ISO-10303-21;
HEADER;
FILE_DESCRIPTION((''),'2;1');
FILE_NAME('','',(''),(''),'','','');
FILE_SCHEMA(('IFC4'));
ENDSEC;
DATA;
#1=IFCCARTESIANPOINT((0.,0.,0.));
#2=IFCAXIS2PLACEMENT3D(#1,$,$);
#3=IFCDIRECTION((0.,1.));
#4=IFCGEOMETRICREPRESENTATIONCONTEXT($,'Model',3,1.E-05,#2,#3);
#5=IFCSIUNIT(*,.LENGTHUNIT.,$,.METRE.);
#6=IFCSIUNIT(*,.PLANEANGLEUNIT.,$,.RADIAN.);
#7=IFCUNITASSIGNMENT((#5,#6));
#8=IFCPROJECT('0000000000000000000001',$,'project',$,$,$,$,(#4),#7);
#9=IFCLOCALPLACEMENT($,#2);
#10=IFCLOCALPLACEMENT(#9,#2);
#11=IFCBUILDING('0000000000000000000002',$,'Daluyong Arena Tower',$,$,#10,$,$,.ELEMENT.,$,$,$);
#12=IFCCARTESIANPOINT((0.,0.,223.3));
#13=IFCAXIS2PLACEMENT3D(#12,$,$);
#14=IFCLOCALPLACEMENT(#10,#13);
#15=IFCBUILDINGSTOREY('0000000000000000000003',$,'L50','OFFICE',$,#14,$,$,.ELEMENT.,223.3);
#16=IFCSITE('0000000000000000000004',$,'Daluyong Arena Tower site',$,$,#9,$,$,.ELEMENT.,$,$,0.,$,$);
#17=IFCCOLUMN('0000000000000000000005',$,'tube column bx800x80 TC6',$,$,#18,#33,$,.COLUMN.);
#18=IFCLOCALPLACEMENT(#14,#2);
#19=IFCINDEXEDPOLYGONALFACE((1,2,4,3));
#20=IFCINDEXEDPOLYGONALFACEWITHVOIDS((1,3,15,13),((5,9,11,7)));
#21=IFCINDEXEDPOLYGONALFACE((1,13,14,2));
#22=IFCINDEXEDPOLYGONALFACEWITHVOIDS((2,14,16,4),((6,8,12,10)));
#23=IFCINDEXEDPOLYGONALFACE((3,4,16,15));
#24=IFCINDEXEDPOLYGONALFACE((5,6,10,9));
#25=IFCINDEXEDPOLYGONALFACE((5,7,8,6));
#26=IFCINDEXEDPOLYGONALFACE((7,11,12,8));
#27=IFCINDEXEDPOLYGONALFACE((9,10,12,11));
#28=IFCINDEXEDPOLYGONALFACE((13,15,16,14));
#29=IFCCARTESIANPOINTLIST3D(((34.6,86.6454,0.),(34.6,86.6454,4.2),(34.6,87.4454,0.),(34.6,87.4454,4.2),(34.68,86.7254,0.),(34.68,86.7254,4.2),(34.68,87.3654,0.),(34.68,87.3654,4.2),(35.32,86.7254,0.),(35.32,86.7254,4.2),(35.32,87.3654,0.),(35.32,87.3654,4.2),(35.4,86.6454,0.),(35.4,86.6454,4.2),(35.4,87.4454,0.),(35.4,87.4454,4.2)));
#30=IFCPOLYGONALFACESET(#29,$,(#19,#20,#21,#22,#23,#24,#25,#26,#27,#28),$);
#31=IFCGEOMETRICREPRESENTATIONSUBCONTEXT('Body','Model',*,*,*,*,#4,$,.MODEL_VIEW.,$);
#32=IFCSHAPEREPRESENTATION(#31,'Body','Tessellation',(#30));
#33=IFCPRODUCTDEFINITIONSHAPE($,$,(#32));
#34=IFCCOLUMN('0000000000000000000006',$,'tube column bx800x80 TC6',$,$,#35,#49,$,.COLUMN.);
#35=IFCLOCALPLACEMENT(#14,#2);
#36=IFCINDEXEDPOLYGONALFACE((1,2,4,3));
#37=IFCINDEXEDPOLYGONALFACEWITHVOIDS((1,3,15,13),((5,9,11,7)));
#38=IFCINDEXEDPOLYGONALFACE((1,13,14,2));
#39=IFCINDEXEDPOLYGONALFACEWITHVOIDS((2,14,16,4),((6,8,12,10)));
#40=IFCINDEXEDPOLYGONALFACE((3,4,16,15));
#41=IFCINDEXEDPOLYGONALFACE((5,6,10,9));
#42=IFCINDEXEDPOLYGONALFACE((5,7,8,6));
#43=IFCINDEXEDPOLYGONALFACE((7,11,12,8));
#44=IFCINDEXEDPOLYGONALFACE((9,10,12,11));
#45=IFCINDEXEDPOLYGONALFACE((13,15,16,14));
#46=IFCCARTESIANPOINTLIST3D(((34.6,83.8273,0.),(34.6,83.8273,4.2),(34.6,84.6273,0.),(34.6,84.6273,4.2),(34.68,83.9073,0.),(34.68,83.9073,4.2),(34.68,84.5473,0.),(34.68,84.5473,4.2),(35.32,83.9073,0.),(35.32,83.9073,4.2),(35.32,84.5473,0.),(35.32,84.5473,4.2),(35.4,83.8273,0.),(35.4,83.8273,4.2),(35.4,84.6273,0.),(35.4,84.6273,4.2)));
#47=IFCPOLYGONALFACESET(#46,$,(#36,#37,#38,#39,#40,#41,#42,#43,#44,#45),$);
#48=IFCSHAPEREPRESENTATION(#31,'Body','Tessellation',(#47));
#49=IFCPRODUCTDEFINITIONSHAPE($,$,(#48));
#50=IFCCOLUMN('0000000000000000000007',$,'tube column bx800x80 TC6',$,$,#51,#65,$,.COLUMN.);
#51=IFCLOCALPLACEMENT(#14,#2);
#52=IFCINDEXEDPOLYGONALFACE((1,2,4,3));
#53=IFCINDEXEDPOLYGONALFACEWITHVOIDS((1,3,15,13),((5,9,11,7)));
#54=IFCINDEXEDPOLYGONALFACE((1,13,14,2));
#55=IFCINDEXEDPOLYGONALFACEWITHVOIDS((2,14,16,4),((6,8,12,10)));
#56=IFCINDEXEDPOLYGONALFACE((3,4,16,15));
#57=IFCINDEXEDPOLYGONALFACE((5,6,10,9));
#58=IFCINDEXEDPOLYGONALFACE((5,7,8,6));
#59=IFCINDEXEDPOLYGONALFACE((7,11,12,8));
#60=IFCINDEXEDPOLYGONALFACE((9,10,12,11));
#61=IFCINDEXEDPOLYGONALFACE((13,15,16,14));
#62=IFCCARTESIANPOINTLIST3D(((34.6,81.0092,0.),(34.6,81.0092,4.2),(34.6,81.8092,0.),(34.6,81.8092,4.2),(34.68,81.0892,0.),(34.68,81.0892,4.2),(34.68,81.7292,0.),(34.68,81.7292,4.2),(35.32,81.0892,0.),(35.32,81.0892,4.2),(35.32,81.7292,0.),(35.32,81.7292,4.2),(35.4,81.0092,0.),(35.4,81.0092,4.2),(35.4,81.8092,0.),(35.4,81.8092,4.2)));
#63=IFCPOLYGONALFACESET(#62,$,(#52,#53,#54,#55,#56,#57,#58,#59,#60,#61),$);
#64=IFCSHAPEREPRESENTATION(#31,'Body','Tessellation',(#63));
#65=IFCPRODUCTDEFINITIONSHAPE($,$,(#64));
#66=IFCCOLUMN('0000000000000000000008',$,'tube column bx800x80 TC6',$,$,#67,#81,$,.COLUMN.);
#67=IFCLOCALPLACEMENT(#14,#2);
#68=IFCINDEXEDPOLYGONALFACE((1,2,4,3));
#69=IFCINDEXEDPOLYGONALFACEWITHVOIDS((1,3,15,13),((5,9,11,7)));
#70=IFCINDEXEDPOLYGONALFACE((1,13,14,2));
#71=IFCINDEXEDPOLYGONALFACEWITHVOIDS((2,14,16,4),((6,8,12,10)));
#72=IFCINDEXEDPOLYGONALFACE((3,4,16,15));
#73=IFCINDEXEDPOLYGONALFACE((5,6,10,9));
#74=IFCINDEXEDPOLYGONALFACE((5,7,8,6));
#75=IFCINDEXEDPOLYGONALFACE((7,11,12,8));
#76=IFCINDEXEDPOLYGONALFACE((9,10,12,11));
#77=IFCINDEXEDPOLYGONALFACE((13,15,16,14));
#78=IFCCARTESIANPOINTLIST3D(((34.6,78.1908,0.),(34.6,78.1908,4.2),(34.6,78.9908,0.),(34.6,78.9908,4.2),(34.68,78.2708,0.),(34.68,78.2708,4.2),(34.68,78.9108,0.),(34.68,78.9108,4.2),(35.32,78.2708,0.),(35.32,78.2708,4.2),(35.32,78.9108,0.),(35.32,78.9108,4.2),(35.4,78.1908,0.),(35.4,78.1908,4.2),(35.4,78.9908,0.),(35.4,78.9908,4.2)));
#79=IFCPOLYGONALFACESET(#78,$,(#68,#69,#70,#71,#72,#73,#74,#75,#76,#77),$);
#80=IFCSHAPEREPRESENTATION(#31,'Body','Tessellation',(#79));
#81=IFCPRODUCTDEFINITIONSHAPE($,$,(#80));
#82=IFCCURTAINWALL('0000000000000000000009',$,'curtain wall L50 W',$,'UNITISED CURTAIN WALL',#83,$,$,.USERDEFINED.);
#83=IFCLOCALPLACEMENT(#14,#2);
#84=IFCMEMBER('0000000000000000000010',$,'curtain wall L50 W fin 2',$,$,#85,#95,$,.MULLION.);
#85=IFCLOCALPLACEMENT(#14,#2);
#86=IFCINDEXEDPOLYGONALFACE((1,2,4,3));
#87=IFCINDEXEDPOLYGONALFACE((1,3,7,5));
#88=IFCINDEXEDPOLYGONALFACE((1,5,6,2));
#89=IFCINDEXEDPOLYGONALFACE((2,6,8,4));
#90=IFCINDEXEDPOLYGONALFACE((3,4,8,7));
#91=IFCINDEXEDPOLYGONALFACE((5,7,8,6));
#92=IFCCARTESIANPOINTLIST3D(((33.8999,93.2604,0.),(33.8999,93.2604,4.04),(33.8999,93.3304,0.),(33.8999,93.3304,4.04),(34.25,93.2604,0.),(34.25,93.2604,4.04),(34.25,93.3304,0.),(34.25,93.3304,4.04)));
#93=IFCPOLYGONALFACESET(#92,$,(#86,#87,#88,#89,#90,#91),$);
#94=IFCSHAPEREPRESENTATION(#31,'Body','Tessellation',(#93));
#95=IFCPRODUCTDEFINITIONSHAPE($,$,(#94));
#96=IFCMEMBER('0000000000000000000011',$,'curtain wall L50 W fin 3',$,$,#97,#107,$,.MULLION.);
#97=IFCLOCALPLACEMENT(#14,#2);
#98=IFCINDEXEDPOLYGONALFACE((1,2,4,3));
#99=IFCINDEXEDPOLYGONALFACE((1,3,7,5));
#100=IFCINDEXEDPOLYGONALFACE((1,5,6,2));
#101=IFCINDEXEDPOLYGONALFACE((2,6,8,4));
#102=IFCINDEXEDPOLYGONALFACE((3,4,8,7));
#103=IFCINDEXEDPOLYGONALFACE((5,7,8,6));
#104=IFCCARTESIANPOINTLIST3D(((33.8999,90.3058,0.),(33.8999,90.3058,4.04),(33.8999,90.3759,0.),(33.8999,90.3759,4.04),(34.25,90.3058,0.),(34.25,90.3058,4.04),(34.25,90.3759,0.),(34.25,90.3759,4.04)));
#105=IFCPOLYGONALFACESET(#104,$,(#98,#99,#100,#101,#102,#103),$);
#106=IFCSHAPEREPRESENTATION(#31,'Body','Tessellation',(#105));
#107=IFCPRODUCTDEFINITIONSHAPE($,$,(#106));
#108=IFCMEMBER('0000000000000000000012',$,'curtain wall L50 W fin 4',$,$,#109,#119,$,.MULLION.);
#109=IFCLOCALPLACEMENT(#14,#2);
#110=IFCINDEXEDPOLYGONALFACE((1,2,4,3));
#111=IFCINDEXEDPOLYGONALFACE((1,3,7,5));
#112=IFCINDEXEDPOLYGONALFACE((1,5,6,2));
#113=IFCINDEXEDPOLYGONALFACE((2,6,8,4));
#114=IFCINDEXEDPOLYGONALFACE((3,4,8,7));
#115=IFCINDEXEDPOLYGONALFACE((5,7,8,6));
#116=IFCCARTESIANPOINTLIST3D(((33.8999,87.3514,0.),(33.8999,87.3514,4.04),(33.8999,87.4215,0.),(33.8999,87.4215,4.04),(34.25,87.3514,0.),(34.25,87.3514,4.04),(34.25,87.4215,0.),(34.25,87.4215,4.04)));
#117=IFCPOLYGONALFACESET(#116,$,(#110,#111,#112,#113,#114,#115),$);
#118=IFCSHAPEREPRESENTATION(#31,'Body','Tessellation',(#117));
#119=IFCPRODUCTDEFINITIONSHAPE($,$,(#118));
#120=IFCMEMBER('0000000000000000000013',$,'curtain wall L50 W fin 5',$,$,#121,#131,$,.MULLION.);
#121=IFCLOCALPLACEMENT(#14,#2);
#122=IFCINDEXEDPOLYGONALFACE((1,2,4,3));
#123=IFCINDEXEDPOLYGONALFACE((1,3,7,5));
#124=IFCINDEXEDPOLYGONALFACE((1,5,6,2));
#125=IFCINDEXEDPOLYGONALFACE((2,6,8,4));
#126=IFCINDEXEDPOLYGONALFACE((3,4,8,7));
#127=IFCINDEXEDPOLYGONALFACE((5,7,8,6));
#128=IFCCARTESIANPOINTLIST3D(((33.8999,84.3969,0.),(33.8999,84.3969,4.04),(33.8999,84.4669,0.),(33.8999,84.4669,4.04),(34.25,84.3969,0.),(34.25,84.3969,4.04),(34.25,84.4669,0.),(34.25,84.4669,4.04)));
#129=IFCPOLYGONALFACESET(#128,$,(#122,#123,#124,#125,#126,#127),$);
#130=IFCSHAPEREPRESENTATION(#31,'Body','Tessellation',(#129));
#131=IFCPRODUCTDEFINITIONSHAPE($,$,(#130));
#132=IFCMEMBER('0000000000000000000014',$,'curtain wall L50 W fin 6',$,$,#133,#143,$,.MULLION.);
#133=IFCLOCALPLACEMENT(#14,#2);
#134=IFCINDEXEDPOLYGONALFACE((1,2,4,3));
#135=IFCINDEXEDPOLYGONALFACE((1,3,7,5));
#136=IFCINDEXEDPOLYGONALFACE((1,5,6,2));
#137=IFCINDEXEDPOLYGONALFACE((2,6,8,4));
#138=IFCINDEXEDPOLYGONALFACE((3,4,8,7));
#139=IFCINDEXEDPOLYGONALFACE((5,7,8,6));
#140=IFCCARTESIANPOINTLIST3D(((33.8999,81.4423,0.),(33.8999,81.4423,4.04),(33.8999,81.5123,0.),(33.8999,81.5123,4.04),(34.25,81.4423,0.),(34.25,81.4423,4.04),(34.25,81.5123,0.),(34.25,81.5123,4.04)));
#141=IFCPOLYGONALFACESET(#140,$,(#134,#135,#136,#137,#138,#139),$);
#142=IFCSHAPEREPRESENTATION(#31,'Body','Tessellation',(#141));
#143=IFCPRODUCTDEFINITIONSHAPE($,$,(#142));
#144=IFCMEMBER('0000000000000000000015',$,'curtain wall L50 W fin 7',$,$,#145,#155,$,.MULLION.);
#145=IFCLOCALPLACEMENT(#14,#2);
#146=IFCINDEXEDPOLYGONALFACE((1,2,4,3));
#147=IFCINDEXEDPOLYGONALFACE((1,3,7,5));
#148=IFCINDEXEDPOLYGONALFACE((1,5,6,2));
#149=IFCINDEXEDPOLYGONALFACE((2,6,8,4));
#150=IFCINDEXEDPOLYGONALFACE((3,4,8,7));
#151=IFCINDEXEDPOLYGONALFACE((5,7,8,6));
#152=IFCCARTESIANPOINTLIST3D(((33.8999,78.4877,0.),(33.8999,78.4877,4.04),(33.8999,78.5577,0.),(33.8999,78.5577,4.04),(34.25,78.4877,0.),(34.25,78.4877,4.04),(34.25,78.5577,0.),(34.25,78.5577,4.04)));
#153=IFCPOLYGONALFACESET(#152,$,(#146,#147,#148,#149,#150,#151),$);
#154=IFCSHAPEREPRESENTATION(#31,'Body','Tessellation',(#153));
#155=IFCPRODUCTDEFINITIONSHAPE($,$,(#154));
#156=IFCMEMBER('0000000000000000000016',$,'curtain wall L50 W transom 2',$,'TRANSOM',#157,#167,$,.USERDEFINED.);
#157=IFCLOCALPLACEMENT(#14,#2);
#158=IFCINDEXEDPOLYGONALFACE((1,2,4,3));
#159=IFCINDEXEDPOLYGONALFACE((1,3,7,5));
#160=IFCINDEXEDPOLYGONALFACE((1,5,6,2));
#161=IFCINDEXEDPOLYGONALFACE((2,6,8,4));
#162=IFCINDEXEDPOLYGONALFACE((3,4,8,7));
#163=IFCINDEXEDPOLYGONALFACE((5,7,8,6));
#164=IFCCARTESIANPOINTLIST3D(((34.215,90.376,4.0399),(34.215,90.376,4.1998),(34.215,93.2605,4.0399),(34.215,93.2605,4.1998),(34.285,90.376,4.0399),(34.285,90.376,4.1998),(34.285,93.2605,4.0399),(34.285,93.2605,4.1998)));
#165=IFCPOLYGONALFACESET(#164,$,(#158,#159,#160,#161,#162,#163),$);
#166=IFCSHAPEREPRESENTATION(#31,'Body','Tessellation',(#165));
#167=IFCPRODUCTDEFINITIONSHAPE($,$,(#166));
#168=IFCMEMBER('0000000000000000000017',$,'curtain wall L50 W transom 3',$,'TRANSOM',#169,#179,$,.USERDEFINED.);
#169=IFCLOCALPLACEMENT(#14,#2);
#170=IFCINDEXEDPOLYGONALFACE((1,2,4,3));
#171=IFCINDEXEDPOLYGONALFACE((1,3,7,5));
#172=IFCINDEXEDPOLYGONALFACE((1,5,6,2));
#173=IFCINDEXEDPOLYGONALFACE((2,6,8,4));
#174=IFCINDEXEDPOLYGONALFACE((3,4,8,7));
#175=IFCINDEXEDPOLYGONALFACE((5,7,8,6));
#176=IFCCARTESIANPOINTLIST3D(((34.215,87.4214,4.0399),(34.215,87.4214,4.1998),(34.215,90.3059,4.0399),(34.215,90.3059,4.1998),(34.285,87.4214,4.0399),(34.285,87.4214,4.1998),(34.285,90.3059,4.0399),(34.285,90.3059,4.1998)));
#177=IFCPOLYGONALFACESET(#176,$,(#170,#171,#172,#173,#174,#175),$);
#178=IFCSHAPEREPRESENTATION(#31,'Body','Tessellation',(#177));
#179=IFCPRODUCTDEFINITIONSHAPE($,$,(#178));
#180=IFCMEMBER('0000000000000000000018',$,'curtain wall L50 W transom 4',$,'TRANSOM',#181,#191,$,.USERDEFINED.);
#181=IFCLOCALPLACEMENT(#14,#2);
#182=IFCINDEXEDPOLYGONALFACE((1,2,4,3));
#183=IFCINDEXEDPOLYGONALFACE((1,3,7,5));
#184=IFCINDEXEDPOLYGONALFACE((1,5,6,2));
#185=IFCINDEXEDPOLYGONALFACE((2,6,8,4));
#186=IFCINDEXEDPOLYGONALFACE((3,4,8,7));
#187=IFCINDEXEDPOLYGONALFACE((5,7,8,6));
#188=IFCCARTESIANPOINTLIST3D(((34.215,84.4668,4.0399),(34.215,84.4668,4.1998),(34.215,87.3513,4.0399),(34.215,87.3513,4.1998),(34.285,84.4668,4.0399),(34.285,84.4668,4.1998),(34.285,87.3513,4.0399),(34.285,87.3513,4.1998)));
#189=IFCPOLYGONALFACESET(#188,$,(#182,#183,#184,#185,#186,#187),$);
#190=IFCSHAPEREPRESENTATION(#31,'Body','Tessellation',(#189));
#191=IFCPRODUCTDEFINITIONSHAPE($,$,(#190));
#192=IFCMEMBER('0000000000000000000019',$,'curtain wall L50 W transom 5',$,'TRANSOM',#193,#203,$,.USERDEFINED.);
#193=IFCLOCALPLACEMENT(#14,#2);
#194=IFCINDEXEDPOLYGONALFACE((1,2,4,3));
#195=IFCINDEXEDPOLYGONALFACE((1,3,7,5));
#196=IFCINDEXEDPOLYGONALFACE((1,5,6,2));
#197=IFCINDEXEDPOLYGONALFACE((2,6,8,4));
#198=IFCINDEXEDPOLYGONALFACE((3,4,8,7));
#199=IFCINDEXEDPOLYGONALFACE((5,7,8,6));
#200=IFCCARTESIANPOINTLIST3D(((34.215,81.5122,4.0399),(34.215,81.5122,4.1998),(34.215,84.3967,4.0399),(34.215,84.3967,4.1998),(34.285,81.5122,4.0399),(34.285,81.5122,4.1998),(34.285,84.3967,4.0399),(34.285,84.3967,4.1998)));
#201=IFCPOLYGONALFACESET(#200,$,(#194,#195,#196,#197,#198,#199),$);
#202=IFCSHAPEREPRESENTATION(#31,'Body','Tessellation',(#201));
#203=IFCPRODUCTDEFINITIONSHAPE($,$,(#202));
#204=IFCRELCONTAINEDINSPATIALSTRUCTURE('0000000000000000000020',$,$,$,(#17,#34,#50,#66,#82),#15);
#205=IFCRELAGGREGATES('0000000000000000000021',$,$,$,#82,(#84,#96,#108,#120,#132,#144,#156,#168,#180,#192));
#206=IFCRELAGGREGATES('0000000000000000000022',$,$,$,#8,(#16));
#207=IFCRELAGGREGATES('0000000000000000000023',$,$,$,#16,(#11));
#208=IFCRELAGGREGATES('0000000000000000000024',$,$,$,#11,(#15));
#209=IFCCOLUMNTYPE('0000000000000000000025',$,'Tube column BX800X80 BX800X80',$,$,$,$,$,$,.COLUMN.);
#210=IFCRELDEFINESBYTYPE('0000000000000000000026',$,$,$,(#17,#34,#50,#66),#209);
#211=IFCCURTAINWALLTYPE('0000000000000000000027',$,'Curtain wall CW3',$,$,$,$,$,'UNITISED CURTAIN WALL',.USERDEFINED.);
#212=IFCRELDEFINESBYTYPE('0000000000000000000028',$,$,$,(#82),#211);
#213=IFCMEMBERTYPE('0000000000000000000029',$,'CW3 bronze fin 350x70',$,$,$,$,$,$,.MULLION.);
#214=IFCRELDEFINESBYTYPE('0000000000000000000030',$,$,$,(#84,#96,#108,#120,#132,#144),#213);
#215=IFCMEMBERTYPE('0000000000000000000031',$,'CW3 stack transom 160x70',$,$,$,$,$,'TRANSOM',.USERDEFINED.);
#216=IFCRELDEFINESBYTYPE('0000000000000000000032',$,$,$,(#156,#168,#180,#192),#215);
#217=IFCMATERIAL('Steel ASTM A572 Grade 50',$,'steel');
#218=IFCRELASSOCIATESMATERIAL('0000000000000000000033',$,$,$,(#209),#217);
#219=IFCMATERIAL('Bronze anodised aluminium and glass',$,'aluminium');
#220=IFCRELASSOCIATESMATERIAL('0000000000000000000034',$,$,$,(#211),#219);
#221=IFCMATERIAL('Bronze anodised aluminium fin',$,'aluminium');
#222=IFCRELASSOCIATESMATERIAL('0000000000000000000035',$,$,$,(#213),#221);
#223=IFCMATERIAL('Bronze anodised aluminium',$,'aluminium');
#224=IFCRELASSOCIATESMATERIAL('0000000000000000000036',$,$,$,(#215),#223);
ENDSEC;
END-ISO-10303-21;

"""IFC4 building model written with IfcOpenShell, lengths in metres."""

from ifc_helpers import new_model, si_unit, direction, frame, origin, origin_2d, place, context, subcontext, project, spatial, rectangle, hollow_rectangle, extrude, material, material_profile, profile_set, type_object, element, aggregate, save


model = new_model("IFC4")

# Units and contexts
model_context = context("Model", 3, precision=1e-05, world=origin(), true_north=direction((0.0, 1.0)))
body_context = subcontext(model_context, "Body", "Model", "MODEL_VIEW")
ifc_project = project(units=[si_unit("LENGTHUNIT", "METRE"), si_unit("PLANEANGLEUNIT", "RADIAN")], contexts=[model_context])

# Site, building, storey
site_placement = place(None, origin())
site = spatial("IfcSite", under=ifc_project, at=site_placement, Name="Daluyong Arena Tower site", CompositionType="ELEMENT", RefElevation=0.0)
building_placement = place(site_placement, origin())
building = spatial("IfcBuilding", under=site, at=building_placement, Name="Daluyong Arena Tower", CompositionType="ELEMENT")
storey_placement = place(building_placement, frame((0.0, 0.0, 223.3)))
storey = spatial("IfcBuildingStorey", under=building, at=storey_placement, Name="L50", Description="OFFICE", CompositionType="ELEMENT", Elevation=223.3)

# Columns
ifc_material_1 = material(Name="Steel ASTM A572 Grade 50", Category="steel")
ifc_material_profile_1 = material_profile(ifc_material_1, hollow_rectangle(XDim=0.8, YDim=0.8, WallThickness=0.08, at=origin_2d()))
ifc_profile_set_1 = profile_set([ifc_material_profile_1], Name="Steel ASTM A572 Grade 50")
column_type = type_object("IfcColumnType", Name="Tube column BX800X80 BX800X80", PredefinedType="COLUMN", material=ifc_profile_set_1)
for number, where, z_axis, x_axis, name in (
    (1, (35.0, 87.0454, 0.0), (0.0, 0.0, 1.0), (0.0, 1.0, 0.0), "tube column bx800x80 TC6"),
    (2, (35.0, 84.2273, 0.0), (0.0, 0.0, 1.0), (0.0, 1.0, 0.0), "tube column bx800x80 TC6"),
    (3, (35.0, 81.4092, 0.0), (0.0, 0.0, 1.0), (0.0, 1.0, 0.0), "tube column bx800x80 TC6"),
    (4, (35.0, 78.5908, 0.0), (0.0, 0.0, 1.0), (0.0, 1.0, 0.0), "tube column bx800x80 TC6"),
):
    element("IfcColumn", number, at=place(storey_placement, frame(where, z_axis=z_axis, x_axis=x_axis)), inside=storey, type_object=column_type, Name=name, PredefinedType="COLUMN", context=body_context, shape_type="SweptSolid", body=[
        extrude(hollow_rectangle(XDim=0.8, YDim=0.8, WallThickness=0.08, at=origin_2d()), origin(), (0.0, 0.0, 1.0), 4.2),
    ])

# Curtain wall, members
ifc_material_2 = material(Name="Bronze anodised aluminium and glass", Category="aluminium")
curtain_wall_type = type_object("IfcCurtainWallType", Name="Curtain wall CW3", ElementType="UNITISED CURTAIN WALL", PredefinedType="USERDEFINED", material=ifc_material_2)
curtain_wall_placement = place(storey_placement, origin())
curtain_wall = element("IfcCurtainWall", 5, at=curtain_wall_placement, inside=storey, type_object=curtain_wall_type, Name="curtain wall L50 W", ObjectType="UNITISED CURTAIN WALL", PredefinedType="USERDEFINED")
ifc_material_3 = material(Name="Bronze anodised aluminium fin", Category="aluminium")
ifc_material_profile_2 = material_profile(ifc_material_3, rectangle(XDim=0.3501, YDim=0.0701, at=origin_2d()))
ifc_profile_set_2 = profile_set([ifc_material_profile_2], Name="Bronze anodised aluminium fin")
member_type_1 = type_object("IfcMemberType", Name="CW3 bronze fin 350x70", PredefinedType="MULLION", material=ifc_profile_set_2)
member_1_placement = place(storey_placement, frame((34.075, 93.2954, 0.0), z_axis=(0.0, 0.0, 1.0), x_axis=(1.0, 0.0, 0.0)))
member_1 = element("IfcMember", 6, at=member_1_placement, type_object=member_type_1, Name="curtain wall L50 W fin 2", PredefinedType="MULLION", context=body_context, shape_type="SweptSolid", body=[
    extrude(rectangle(XDim=0.3501, YDim=0.0701, at=origin_2d()), origin(), (0.0, 0.0, 1.0), 4.04),
])
member_2_placement = place(storey_placement, frame((34.075, 90.3408, 0.0), z_axis=(0.0, 0.0, 1.0), x_axis=(1.0, 0.0, 0.0)))
member_2 = element("IfcMember", 7, at=member_2_placement, type_object=member_type_1, Name="curtain wall L50 W fin 3", PredefinedType="MULLION", context=body_context, shape_type="SweptSolid", body=[
    extrude(rectangle(XDim=0.3501, YDim=0.0701, at=origin_2d()), origin(), (0.0, 0.0, 1.0), 4.04),
])
member_3_placement = place(storey_placement, frame((34.075, 87.3865, 0.0), z_axis=(0.0, 0.0, 1.0), x_axis=(1.0, 0.0, 0.0)))
member_3 = element("IfcMember", 8, at=member_3_placement, type_object=member_type_1, Name="curtain wall L50 W fin 4", PredefinedType="MULLION", context=body_context, shape_type="SweptSolid", body=[
    extrude(rectangle(XDim=0.3501, YDim=0.0701, at=origin_2d()), origin(), (0.0, 0.0, 1.0), 4.04),
])
member_4_placement = place(storey_placement, frame((34.075, 84.4319, 0.0), z_axis=(0.0, 0.0, 1.0), x_axis=(1.0, 0.0, 0.0)))
member_4 = element("IfcMember", 9, at=member_4_placement, type_object=member_type_1, Name="curtain wall L50 W fin 5", PredefinedType="MULLION", context=body_context, shape_type="SweptSolid", body=[
    extrude(rectangle(XDim=0.3501, YDim=0.0701, at=origin_2d()), origin(), (0.0, 0.0, 1.0), 4.04),
])
member_5_placement = place(storey_placement, frame((34.075, 81.4773, 0.0), z_axis=(0.0, 0.0, 1.0), x_axis=(1.0, 0.0, 0.0)))
member_5 = element("IfcMember", 10, at=member_5_placement, type_object=member_type_1, Name="curtain wall L50 W fin 6", PredefinedType="MULLION", context=body_context, shape_type="SweptSolid", body=[
    extrude(rectangle(XDim=0.3501, YDim=0.0701, at=origin_2d()), origin(), (0.0, 0.0, 1.0), 4.04),
])
member_6_placement = place(storey_placement, frame((34.075, 78.5227, 0.0), z_axis=(0.0, 0.0, 1.0), x_axis=(1.0, 0.0, 0.0)))
member_6 = element("IfcMember", 11, at=member_6_placement, type_object=member_type_1, Name="curtain wall L50 W fin 7", PredefinedType="MULLION", context=body_context, shape_type="SweptSolid", body=[
    extrude(rectangle(XDim=0.3501, YDim=0.0701, at=origin_2d()), origin(), (0.0, 0.0, 1.0), 4.04),
])
ifc_material_4 = material(Name="Bronze anodised aluminium", Category="aluminium")
ifc_material_profile_3 = material_profile(ifc_material_4, rectangle(XDim=0.0701, YDim=0.1599, at=origin_2d()))
ifc_profile_set_3 = profile_set([ifc_material_profile_3], Name="Bronze anodised aluminium")
member_type_2 = type_object("IfcMemberType", Name="CW3 stack transom 160x70", ElementType="TRANSOM", PredefinedType="USERDEFINED", material=ifc_profile_set_3)
member_7_placement = place(storey_placement, frame((34.25, 93.2605, 4.1199), z_axis=(0.0, -1.0, 0.0), x_axis=(1.0, 0.0, 0.0)))
member_7 = element("IfcMember", 12, at=member_7_placement, type_object=member_type_2, Name="curtain wall L50 W transom 2", ObjectType="TRANSOM", PredefinedType="USERDEFINED", context=body_context, shape_type="SweptSolid", body=[
    extrude(rectangle(XDim=0.0701, YDim=0.1599, at=origin_2d()), origin(), (0.0, 0.0, 1.0), 2.8845),
])
member_8_placement = place(storey_placement, frame((34.25, 90.3059, 4.1199), z_axis=(0.0, -1.0, 0.0), x_axis=(1.0, 0.0, 0.0)))
member_8 = element("IfcMember", 13, at=member_8_placement, type_object=member_type_2, Name="curtain wall L50 W transom 3", ObjectType="TRANSOM", PredefinedType="USERDEFINED", context=body_context, shape_type="SweptSolid", body=[
    extrude(rectangle(XDim=0.0701, YDim=0.1599, at=origin_2d()), origin(), (0.0, 0.0, 1.0), 2.8845),
])
member_9_placement = place(storey_placement, frame((34.25, 87.3513, 4.1199), z_axis=(0.0, -1.0, 0.0), x_axis=(1.0, 0.0, 0.0)))
member_9 = element("IfcMember", 14, at=member_9_placement, type_object=member_type_2, Name="curtain wall L50 W transom 4", ObjectType="TRANSOM", PredefinedType="USERDEFINED", context=body_context, shape_type="SweptSolid", body=[
    extrude(rectangle(XDim=0.0701, YDim=0.1599, at=origin_2d()), origin(), (0.0, 0.0, 1.0), 2.8845),
])
member_10_placement = place(storey_placement, frame((34.25, 84.3967, 4.1199), z_axis=(0.0, -1.0, 0.0), x_axis=(1.0, 0.0, 0.0)))
member_10 = element("IfcMember", 15, at=member_10_placement, type_object=member_type_2, Name="curtain wall L50 W transom 5", ObjectType="TRANSOM", PredefinedType="USERDEFINED", context=body_context, shape_type="SweptSolid", body=[
    extrude(rectangle(XDim=0.0701, YDim=0.1599, at=origin_2d()), origin(), (0.0, 0.0, 1.0), 2.8845),
])

aggregate(curtain_wall, [member_1, member_2, member_3, member_4, member_5, member_6, member_7, member_8, member_9, member_10])

save(model, "model.ifc")
